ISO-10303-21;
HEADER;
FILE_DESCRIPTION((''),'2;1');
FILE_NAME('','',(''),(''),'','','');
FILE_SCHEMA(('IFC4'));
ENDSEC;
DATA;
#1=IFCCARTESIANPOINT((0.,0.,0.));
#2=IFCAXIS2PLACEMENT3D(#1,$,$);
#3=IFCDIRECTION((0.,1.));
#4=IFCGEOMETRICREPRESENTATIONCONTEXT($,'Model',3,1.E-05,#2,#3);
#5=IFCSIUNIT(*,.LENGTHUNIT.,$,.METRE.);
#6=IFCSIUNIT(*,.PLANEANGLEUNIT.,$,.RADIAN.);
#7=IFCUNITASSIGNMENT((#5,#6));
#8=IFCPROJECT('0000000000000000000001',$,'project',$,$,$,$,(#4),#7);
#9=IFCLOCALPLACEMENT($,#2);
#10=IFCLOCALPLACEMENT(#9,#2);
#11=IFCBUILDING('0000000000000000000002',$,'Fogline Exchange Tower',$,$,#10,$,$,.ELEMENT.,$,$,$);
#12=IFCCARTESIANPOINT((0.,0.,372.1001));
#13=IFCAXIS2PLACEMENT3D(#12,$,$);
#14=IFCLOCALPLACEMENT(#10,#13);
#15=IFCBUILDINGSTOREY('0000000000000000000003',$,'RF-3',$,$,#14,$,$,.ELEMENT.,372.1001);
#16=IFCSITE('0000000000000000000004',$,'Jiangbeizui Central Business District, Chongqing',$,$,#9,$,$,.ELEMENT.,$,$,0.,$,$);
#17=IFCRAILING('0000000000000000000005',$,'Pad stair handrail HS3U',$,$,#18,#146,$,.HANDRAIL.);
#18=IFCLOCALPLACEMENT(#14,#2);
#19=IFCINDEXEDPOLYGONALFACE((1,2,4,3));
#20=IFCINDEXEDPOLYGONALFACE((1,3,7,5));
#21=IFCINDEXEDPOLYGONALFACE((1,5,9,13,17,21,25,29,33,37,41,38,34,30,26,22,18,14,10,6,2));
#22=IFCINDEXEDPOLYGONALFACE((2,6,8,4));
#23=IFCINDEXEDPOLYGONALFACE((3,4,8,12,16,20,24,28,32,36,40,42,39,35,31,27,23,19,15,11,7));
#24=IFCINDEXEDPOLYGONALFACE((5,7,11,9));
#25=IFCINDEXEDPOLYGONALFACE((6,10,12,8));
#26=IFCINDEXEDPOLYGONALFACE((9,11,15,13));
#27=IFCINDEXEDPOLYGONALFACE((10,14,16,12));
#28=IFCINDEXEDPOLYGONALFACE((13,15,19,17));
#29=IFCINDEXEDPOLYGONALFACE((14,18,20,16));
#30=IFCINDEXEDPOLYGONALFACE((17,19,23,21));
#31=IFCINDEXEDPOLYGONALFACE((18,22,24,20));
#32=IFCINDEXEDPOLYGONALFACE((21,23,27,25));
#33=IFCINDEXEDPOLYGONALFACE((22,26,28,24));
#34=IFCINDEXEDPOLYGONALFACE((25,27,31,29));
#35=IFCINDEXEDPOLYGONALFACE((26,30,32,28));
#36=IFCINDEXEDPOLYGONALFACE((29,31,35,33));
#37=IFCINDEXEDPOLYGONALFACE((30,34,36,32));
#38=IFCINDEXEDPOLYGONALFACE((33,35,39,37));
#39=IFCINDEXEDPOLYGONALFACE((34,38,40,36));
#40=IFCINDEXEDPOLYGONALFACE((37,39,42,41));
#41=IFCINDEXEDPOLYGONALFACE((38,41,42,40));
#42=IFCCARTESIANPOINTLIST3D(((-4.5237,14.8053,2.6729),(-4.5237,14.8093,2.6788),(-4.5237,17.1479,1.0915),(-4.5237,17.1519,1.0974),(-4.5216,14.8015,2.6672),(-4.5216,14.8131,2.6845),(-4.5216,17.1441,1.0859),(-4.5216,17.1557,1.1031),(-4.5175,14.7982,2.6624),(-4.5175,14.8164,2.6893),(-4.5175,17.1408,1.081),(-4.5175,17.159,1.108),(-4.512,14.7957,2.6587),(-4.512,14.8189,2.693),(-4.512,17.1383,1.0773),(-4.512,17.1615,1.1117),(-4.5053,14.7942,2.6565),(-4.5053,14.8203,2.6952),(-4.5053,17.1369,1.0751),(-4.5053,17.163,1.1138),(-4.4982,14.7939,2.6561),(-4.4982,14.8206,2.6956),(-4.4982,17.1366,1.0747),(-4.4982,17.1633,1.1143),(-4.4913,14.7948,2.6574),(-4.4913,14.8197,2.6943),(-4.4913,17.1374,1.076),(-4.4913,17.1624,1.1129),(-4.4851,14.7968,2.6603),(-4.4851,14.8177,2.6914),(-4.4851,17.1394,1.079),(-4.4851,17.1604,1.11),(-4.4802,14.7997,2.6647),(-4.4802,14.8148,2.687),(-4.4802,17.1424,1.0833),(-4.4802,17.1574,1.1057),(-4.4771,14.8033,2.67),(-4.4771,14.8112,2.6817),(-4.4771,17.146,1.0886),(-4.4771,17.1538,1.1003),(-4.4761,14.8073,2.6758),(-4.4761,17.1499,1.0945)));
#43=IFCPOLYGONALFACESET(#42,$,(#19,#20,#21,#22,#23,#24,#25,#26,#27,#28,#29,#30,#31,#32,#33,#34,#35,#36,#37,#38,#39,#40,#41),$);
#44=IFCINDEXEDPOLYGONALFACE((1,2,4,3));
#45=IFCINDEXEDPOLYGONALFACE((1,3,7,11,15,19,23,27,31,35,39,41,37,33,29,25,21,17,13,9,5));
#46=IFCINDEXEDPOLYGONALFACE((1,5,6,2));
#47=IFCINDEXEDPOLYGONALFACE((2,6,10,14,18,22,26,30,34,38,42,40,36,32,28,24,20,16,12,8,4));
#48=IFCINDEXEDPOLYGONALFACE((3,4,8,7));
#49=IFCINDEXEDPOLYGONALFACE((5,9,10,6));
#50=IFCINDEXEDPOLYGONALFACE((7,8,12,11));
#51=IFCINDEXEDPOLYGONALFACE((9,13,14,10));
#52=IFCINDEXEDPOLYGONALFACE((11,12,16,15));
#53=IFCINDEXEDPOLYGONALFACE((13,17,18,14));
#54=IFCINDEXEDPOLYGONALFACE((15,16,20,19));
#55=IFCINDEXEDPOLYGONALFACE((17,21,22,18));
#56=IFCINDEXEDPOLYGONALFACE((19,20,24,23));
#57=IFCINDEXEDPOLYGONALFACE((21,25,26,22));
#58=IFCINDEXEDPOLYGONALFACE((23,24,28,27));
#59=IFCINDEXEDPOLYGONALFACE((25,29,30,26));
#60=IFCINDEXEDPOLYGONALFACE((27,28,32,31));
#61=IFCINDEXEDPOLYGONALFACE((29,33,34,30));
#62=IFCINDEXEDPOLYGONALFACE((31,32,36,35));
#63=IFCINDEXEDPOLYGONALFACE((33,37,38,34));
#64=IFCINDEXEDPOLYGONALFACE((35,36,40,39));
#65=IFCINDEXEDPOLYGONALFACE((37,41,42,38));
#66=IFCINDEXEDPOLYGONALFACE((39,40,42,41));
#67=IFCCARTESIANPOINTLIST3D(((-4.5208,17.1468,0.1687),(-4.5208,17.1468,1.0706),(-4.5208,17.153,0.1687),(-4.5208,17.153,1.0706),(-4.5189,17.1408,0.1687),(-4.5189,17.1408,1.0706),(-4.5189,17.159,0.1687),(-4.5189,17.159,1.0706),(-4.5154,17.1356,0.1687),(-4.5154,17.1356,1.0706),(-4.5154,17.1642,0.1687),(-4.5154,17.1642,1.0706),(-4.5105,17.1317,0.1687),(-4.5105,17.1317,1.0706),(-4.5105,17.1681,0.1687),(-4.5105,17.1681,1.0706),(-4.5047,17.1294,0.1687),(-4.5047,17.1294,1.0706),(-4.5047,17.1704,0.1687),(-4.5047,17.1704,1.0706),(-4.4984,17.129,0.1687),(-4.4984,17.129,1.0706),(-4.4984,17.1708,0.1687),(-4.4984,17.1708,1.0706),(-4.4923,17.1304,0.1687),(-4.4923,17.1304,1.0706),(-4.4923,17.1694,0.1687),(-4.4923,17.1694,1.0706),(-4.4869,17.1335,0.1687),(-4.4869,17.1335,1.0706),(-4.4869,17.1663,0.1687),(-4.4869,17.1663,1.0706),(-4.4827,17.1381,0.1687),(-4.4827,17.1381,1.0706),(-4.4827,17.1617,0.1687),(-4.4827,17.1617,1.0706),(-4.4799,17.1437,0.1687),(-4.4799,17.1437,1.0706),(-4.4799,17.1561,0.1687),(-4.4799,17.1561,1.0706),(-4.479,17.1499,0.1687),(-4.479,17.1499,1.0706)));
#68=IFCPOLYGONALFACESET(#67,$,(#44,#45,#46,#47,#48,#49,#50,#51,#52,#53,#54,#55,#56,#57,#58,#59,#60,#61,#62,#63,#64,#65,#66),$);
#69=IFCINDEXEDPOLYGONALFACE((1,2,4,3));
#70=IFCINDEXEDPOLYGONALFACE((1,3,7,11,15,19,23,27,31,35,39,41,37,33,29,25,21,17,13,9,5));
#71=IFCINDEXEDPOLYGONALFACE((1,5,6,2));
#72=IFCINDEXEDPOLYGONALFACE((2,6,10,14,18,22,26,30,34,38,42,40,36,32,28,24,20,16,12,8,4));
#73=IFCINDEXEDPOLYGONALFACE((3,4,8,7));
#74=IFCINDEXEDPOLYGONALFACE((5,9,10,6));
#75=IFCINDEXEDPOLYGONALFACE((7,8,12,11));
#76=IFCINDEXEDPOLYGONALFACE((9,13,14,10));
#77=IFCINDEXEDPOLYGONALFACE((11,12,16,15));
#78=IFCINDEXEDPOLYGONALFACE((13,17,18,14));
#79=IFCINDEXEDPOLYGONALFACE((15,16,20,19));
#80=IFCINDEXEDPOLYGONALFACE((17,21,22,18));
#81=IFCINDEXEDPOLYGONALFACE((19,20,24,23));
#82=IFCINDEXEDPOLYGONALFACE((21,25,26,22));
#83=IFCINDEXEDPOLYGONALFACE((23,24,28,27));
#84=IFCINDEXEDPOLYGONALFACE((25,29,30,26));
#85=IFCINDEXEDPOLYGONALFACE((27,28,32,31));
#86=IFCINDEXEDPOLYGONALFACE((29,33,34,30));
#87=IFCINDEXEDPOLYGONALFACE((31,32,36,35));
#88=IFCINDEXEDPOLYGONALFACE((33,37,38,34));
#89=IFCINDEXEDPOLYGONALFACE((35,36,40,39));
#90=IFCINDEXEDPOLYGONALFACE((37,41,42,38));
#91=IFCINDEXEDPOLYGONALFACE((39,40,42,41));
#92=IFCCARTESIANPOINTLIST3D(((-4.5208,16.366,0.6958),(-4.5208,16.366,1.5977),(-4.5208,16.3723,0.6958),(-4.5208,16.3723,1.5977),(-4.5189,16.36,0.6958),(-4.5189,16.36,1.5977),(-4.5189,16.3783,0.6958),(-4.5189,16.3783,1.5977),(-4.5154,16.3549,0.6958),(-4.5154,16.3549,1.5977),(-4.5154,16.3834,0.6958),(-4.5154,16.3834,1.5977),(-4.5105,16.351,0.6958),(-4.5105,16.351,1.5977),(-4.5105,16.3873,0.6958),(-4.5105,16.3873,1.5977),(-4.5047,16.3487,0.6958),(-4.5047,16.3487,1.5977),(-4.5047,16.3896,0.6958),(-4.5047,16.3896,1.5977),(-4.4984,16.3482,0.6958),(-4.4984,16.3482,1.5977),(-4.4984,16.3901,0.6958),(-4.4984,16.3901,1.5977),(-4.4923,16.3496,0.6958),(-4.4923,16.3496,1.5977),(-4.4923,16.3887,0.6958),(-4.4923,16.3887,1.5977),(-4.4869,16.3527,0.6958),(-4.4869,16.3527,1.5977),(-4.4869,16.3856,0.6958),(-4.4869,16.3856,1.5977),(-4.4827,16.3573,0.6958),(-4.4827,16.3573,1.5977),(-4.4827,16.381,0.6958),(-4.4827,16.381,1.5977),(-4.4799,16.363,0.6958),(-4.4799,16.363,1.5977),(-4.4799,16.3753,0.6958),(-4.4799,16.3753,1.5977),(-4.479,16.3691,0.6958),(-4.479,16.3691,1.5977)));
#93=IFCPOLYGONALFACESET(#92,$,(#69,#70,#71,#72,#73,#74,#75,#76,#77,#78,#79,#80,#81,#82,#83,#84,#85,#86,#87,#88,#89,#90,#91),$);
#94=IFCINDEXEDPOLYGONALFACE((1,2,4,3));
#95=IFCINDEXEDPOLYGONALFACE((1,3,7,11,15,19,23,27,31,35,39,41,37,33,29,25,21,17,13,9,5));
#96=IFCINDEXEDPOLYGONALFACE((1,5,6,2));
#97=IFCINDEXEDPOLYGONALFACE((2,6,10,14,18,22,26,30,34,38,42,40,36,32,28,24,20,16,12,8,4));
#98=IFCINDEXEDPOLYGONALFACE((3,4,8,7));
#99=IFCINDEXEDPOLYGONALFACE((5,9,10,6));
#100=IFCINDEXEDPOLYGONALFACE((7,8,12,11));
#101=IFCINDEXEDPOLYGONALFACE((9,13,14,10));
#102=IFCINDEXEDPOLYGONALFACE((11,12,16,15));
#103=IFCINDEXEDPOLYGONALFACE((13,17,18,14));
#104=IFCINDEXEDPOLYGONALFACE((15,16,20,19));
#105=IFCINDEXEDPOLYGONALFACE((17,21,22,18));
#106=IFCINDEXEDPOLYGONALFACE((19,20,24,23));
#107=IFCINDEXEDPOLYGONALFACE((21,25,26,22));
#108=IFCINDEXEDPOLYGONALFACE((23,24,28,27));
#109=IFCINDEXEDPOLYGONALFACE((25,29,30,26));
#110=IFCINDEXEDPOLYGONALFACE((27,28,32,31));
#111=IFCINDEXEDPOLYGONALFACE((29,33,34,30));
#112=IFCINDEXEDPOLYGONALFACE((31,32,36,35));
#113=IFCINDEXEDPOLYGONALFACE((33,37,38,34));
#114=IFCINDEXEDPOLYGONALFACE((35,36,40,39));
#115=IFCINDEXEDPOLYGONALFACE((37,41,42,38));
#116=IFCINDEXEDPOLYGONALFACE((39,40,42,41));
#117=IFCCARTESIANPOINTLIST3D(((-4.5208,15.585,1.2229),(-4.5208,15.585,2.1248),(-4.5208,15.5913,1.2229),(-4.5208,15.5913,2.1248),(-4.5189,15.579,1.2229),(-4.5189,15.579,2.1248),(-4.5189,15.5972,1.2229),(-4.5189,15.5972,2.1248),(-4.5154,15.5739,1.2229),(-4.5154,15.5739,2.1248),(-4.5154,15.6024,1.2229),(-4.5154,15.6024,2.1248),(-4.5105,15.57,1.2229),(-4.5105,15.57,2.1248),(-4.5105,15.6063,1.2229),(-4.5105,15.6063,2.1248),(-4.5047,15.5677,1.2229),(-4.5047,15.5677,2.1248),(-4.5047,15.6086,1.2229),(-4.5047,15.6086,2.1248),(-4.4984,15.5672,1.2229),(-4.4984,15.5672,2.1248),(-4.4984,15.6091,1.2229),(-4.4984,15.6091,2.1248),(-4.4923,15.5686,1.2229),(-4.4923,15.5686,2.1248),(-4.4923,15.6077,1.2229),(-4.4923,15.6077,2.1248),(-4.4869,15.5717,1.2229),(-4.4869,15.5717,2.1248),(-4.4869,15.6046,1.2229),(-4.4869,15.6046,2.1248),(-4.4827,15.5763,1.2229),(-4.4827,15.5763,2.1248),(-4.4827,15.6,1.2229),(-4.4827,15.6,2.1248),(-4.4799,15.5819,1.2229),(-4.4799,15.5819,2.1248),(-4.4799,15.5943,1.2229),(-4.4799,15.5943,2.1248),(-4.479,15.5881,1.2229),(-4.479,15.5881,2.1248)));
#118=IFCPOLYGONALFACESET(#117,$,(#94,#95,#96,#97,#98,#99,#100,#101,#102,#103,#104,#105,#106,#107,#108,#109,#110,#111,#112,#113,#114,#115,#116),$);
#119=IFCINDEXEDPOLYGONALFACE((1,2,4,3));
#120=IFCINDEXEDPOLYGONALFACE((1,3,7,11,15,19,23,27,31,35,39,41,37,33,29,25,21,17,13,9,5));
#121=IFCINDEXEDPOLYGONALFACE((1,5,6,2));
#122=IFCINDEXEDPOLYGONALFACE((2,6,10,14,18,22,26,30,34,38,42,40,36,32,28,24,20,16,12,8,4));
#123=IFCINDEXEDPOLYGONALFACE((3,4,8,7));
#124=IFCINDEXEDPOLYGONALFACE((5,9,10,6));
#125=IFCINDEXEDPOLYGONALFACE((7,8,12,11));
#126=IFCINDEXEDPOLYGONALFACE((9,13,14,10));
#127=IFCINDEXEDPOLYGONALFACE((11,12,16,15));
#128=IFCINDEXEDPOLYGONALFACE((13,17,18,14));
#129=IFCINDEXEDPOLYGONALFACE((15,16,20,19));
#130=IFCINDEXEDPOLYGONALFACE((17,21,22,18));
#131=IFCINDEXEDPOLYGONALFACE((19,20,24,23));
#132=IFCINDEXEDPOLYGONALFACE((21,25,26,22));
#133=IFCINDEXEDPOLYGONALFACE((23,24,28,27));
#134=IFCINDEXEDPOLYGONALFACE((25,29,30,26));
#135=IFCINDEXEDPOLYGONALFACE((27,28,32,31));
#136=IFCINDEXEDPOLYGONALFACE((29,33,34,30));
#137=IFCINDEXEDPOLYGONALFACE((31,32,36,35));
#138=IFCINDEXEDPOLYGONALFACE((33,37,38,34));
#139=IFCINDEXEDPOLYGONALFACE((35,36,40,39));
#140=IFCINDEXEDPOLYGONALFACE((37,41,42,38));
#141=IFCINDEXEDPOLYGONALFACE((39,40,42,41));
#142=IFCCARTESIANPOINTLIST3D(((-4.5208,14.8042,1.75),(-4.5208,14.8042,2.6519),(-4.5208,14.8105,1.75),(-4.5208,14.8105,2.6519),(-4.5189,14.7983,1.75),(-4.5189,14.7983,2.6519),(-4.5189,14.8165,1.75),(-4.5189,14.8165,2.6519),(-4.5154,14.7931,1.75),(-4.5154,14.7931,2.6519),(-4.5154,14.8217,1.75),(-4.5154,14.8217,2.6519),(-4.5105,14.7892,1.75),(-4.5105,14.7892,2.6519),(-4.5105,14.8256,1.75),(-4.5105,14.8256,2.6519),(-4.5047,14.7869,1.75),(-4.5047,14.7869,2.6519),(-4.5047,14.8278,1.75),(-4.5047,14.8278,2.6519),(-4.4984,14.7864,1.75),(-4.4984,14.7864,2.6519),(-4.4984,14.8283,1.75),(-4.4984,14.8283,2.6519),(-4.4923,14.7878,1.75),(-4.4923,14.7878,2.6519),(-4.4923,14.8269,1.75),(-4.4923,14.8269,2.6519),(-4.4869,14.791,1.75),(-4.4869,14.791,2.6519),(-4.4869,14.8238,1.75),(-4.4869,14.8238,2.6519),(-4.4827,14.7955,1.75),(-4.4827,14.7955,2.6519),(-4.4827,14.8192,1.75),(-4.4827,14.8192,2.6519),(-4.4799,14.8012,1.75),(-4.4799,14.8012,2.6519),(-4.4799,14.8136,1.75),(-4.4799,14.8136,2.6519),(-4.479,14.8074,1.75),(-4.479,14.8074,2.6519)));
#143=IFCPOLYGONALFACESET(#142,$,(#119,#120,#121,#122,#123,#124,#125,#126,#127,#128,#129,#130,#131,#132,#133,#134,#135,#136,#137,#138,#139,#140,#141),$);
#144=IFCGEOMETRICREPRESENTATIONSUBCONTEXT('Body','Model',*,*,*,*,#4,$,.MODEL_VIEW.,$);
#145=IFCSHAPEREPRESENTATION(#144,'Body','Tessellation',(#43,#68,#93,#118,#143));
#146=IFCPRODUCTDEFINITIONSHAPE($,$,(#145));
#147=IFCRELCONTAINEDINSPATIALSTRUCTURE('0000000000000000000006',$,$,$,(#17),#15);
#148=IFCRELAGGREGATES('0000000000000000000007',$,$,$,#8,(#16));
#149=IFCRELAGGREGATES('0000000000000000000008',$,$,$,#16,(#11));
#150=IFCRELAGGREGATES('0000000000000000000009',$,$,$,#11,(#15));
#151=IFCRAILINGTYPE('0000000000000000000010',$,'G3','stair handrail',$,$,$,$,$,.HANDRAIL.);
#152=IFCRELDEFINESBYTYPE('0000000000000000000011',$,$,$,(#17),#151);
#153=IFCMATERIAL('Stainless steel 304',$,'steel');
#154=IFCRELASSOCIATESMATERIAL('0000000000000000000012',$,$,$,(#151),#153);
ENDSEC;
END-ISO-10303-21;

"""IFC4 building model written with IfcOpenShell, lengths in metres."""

from ifc_helpers import new_model, si_unit, direction, frame, origin, origin_2d, place, context, subcontext, project, spatial, circle, extrude, material, type_object, element, save


model = new_model("IFC4")

# Units and contexts
model_context = context("Model", 3, precision=1e-05, world=origin(), true_north=direction((0.0, 1.0)))
body_context = subcontext(model_context, "Body", "Model", "MODEL_VIEW")
ifc_project = project(units=[si_unit("LENGTHUNIT", "METRE"), si_unit("PLANEANGLEUNIT", "RADIAN")], contexts=[model_context])

# Site, building, storey
site_placement = place(None, origin())
site = spatial("IfcSite", under=ifc_project, at=site_placement, Name="Jiangbeizui Central Business District, Chongqing", CompositionType="ELEMENT", RefElevation=0.0)
building_placement = place(site_placement, origin())
building = spatial("IfcBuilding", under=site, at=building_placement, Name="Fogline Exchange Tower", CompositionType="ELEMENT")
storey_placement = place(building_placement, frame((0.0, 0.0, 372.1001)))
storey = spatial("IfcBuildingStorey", under=building, at=storey_placement, Name="RF-3", CompositionType="ELEMENT", Elevation=372.1001)

# Railing
ifc_material_1 = material(Name="Stainless steel 304", Category="steel")
railing_type_1 = type_object("IfcRailingType", Name="G3", Description="stair handrail", PredefinedType="HANDRAIL", material=ifc_material_1)
for number, where, name in (
    (1, (-4.5, 17.1499, 0.1687), "Pad stair handrail HS3U"),
):
    element("IfcRailing", number, at=place(storey_placement, frame(where)), inside=storey, type_object=railing_type_1, Name=name, PredefinedType="HANDRAIL", context=body_context, shape_type="SweptSolid", body=[
        extrude(circle(Radius=0.0239, at=origin_2d()), frame((0.0, 0.0, 0.9258), z_axis=(0.0, -0.828834, 0.559495), x_axis=(1.0, 0.0, 0.0)), (0.0, 0.0, 1.0), 2.8264),
        extrude(circle(Radius=0.021, at=origin_2d()), origin(), (0.0, 0.0, 1.0), 0.9019),
        extrude(circle(Radius=0.021, at=origin_2d()), frame((0.0, -0.7808, 0.5271)), (0.0, 0.0, 1.0), 0.9019),
        extrude(circle(Radius=0.021, at=origin_2d()), frame((0.0, -1.5618, 1.0542)), (0.0, 0.0, 1.0), 0.9019),
        extrude(circle(Radius=0.021, at=origin_2d()), frame((0.0, -2.3425, 1.5813)), (0.0, 0.0, 1.0), 0.9019),
    ])

save(model, "model.ifc")
